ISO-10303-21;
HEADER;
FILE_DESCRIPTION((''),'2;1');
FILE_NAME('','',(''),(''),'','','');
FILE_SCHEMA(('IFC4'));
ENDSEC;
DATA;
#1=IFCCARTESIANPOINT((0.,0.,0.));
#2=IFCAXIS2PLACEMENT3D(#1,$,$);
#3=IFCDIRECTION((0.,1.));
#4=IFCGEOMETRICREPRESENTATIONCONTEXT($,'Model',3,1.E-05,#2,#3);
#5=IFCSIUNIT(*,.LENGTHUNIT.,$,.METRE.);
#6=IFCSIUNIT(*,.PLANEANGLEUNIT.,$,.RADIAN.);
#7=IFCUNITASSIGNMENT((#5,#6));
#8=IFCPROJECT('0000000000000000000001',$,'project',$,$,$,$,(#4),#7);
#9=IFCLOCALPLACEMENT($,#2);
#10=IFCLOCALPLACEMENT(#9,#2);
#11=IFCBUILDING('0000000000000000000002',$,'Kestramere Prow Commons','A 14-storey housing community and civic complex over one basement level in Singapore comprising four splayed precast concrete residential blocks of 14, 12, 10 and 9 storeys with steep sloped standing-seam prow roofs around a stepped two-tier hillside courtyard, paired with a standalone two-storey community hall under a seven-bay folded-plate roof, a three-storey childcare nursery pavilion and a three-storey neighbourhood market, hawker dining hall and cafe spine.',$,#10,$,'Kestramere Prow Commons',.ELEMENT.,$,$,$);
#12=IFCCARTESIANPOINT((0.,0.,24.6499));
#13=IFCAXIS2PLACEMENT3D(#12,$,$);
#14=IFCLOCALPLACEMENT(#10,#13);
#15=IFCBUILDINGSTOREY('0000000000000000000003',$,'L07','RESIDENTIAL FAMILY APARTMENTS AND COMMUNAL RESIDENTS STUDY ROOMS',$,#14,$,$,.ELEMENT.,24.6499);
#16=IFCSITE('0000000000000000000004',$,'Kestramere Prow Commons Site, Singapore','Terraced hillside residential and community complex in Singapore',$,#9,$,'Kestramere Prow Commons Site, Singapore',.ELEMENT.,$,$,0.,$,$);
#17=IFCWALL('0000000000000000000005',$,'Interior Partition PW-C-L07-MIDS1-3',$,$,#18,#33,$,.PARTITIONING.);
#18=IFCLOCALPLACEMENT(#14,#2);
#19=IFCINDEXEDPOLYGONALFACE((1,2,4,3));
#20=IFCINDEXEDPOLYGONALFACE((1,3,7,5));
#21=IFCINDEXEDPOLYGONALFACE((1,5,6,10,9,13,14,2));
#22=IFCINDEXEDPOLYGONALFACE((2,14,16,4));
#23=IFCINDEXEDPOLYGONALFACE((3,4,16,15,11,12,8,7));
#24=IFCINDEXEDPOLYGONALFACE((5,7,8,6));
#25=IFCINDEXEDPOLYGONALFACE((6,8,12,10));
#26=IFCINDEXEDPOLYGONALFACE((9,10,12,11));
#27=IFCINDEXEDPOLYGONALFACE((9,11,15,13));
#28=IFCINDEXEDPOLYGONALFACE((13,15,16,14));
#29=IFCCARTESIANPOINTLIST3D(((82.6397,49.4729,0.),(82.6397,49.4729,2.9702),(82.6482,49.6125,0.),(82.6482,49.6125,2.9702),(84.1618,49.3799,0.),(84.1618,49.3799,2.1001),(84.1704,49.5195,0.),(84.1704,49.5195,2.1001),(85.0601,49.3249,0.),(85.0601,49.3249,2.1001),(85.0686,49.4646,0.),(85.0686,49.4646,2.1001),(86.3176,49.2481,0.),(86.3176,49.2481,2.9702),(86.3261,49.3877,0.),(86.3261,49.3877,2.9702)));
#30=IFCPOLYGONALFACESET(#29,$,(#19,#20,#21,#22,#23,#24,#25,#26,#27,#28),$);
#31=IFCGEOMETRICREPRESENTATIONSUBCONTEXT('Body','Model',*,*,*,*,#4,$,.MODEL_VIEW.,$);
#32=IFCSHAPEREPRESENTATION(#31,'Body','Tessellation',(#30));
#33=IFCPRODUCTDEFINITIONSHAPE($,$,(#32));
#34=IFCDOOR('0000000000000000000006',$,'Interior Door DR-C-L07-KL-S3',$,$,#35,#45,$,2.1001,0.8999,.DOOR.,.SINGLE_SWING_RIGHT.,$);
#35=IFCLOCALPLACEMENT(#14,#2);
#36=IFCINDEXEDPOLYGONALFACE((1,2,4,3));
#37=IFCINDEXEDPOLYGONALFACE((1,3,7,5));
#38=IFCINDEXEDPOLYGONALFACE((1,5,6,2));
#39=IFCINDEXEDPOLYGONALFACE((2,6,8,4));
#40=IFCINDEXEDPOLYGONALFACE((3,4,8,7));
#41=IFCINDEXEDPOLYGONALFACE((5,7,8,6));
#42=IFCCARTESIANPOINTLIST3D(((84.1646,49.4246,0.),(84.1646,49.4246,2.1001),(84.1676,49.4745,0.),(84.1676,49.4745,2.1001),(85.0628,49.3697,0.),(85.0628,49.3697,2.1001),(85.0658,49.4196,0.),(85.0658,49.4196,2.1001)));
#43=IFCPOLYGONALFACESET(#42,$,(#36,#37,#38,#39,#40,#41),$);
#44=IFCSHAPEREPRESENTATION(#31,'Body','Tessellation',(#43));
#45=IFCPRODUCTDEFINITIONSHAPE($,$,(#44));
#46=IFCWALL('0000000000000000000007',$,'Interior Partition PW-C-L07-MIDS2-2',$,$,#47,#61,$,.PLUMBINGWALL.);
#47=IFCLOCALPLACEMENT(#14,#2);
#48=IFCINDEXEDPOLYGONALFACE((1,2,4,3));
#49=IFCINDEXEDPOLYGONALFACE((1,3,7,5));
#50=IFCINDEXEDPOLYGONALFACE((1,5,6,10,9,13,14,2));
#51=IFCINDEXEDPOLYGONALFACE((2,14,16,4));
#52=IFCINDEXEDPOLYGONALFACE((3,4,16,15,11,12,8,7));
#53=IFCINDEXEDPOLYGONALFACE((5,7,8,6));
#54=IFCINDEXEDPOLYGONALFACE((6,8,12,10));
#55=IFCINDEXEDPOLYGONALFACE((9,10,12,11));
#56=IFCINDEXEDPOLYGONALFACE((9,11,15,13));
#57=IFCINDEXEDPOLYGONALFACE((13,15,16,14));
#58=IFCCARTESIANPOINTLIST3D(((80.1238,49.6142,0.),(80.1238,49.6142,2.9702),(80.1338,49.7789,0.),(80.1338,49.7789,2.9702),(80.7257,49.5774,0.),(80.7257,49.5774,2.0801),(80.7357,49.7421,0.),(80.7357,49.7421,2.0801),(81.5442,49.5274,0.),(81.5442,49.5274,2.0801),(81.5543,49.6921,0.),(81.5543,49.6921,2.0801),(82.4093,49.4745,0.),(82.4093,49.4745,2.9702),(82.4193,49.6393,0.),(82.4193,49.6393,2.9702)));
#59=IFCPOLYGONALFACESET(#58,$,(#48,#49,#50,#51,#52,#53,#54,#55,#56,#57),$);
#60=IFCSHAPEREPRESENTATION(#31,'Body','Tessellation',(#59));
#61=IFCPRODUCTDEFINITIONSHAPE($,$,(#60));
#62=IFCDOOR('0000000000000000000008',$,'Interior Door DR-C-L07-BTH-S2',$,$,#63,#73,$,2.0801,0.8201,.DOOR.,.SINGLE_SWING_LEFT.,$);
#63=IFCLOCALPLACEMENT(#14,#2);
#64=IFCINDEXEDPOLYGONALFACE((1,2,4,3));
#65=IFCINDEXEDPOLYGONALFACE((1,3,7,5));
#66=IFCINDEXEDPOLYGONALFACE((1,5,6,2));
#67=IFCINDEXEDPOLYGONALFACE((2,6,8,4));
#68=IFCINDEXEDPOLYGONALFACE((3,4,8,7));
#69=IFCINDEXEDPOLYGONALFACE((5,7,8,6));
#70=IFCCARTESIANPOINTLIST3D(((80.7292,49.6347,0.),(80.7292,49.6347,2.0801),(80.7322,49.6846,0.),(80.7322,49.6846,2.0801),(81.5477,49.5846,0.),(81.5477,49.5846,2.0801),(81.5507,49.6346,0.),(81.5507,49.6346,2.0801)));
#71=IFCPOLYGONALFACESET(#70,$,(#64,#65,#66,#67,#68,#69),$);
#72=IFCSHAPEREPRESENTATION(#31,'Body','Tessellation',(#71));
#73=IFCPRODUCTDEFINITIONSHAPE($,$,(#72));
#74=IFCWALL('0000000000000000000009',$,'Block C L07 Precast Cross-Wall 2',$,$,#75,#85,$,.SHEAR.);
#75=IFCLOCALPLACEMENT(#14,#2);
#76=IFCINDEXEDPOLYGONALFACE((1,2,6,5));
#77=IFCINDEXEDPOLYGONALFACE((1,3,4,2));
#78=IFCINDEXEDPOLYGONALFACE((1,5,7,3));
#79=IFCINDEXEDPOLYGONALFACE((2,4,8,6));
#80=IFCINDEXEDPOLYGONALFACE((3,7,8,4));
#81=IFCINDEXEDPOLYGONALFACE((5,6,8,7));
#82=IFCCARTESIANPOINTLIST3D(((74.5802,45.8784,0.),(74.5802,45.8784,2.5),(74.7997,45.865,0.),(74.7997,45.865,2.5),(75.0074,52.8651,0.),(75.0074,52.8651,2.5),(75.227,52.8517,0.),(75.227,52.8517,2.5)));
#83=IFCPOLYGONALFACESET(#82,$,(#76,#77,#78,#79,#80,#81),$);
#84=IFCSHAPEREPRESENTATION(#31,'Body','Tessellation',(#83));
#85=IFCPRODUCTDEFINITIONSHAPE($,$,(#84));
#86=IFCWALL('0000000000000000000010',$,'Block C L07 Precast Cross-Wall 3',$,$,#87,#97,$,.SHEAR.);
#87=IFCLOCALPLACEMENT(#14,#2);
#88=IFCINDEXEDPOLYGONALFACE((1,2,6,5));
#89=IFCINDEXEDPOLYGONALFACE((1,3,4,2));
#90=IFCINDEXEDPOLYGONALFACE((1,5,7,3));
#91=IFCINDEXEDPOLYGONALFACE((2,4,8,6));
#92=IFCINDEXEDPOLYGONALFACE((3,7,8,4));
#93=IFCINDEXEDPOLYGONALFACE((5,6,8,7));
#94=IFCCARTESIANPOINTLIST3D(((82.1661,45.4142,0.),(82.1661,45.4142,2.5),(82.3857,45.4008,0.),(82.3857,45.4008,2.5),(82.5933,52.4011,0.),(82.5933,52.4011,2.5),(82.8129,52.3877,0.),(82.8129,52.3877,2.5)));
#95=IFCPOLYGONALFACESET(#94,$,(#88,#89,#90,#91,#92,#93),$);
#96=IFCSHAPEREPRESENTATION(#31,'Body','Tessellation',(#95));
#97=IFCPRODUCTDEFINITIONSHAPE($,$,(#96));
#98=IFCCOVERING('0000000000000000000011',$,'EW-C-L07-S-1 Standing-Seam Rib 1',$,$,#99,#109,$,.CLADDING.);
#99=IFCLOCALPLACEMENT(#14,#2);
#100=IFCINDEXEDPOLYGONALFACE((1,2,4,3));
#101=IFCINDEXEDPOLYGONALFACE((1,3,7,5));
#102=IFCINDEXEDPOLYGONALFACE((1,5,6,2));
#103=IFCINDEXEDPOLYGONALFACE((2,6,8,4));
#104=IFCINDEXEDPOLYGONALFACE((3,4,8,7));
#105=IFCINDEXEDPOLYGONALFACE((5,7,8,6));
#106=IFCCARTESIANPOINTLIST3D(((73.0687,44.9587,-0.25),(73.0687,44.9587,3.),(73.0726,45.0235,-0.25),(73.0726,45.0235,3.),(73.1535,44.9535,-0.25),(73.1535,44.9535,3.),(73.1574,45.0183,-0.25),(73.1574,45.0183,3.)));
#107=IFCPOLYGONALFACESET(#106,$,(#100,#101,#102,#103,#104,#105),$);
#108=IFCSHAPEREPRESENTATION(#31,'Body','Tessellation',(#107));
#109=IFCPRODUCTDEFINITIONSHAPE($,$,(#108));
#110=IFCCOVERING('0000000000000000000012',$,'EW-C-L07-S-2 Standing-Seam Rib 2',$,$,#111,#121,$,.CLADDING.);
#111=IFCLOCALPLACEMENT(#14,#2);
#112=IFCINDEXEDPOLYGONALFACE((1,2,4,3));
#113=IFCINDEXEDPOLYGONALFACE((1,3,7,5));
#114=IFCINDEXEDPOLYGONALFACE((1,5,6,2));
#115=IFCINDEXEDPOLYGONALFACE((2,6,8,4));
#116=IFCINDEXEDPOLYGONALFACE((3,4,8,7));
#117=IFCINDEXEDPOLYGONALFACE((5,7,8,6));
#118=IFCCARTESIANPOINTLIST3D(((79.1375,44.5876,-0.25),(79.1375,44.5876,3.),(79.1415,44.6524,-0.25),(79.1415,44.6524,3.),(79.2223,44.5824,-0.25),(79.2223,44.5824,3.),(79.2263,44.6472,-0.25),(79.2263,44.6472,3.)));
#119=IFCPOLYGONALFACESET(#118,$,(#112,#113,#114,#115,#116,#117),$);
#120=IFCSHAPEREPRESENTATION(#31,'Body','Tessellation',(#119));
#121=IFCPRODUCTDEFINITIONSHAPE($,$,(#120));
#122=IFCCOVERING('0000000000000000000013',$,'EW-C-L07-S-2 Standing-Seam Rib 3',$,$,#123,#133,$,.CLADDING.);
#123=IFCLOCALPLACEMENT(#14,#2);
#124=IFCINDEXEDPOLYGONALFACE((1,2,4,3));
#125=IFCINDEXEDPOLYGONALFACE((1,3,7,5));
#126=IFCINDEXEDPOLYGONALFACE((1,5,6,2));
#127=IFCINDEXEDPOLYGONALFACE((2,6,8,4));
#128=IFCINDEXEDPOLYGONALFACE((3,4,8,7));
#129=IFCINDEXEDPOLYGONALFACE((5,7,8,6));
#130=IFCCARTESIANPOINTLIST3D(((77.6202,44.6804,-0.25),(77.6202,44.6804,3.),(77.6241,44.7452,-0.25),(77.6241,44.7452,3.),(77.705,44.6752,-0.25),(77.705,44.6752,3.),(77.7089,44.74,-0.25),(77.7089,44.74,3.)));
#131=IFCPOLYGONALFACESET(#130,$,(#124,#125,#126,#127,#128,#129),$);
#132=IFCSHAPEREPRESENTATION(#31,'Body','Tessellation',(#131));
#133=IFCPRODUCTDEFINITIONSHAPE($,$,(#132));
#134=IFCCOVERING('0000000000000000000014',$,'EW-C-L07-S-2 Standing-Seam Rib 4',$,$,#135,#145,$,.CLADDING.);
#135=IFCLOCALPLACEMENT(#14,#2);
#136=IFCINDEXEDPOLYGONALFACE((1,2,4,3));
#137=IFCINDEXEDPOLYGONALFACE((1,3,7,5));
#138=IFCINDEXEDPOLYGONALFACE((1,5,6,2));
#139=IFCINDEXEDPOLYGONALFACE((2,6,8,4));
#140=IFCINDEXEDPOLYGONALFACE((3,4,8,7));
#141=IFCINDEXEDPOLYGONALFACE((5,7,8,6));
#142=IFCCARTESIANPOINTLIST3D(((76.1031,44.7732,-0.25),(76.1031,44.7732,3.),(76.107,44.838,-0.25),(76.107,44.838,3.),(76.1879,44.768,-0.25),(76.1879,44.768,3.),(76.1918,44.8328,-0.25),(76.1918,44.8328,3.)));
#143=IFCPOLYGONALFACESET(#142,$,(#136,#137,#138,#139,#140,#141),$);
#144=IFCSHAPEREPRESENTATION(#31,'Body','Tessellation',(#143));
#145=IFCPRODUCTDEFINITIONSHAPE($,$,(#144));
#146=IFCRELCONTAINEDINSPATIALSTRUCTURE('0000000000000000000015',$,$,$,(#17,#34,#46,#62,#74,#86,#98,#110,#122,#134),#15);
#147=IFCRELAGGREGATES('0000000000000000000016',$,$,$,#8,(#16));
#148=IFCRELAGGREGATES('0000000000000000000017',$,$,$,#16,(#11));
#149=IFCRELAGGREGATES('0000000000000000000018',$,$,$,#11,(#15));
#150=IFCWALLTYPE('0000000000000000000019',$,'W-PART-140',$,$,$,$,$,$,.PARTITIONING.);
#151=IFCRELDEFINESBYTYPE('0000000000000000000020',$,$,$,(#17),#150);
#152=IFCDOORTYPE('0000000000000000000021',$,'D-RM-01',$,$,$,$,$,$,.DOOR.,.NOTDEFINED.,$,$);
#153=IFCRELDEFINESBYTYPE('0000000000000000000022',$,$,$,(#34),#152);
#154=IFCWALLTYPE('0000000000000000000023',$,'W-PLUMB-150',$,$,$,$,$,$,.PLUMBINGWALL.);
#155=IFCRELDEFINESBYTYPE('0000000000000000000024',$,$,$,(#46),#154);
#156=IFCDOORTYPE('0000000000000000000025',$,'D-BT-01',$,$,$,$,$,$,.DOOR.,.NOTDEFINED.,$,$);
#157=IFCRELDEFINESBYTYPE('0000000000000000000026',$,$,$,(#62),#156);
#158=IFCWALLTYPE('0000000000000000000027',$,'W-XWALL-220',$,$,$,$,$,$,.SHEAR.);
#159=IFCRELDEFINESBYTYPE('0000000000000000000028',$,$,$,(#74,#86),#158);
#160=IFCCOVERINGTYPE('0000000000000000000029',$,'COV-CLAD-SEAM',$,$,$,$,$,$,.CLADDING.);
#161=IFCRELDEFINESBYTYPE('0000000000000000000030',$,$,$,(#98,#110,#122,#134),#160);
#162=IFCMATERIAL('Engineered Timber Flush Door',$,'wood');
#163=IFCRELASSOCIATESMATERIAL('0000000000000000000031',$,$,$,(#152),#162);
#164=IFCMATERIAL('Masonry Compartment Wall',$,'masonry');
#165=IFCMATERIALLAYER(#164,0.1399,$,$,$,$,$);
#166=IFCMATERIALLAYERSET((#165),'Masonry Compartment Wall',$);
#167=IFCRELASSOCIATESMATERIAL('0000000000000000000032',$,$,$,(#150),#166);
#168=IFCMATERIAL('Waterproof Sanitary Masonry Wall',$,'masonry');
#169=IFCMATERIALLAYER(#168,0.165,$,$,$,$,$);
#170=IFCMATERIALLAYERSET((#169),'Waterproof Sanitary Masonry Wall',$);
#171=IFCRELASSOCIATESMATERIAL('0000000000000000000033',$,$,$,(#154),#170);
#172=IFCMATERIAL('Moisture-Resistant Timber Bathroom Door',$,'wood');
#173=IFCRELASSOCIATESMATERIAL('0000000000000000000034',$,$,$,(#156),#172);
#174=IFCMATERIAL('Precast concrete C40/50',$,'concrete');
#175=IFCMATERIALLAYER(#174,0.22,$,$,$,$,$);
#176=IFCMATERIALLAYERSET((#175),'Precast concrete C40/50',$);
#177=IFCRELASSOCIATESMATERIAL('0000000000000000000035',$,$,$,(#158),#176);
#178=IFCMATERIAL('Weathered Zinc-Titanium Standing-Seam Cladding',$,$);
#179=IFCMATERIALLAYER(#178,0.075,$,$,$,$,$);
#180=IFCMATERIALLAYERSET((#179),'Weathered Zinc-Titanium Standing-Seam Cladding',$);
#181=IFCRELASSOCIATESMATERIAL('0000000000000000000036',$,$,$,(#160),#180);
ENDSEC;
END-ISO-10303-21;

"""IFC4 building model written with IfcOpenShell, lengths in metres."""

from ifc_helpers import new_model, si_unit, direction, frame, frame_2d, origin, origin_2d, place, context, subcontext, project, spatial, rectangle, extrude, material, layer, layer_set, type_object, element, fill, save


model = new_model("IFC4")

# Units and contexts
model_context = context("Model", 3, precision=1e-05, world=origin(), true_north=direction((0.0, 1.0)))
body_context = subcontext(model_context, "Body", "Model", "MODEL_VIEW")
ifc_project = project(units=[si_unit("LENGTHUNIT", "METRE"), si_unit("PLANEANGLEUNIT", "RADIAN")], contexts=[model_context])

# Site, building, storey
site_placement = place(None, origin())
site = spatial("IfcSite", under=ifc_project, at=site_placement, Name="Kestramere Prow Commons Site, Singapore", Description="Terraced hillside residential and community complex in Singapore", LongName="Kestramere Prow Commons Site, Singapore", CompositionType="ELEMENT", RefElevation=0.0)
building_placement = place(site_placement, origin())
building = spatial("IfcBuilding", under=site, at=building_placement, Name="Kestramere Prow Commons", Description="A 14-storey housing community and civic complex over one basement level in Singapore comprising four splayed precast concrete residential blocks of 14, 12, 10 and 9 storeys with steep sloped standing-seam prow roofs around a stepped two-tier hillside courtyard, paired with a standalone two-storey community hall under a seven-bay folded-plate roof, a three-storey childcare nursery pavilion and a three-storey neighbourhood market, hawker dining hall and cafe spine.", LongName="Kestramere Prow Commons", CompositionType="ELEMENT")
storey_placement = place(building_placement, frame((0.0, 0.0, 24.6499)))
storey = spatial("IfcBuildingStorey", under=building, at=storey_placement, Name="L07", Description="RESIDENTIAL FAMILY APARTMENTS AND COMMUNAL RESIDENTS STUDY ROOMS", CompositionType="ELEMENT", Elevation=24.6499)

# Shared definitions
ifc_material_1 = material(Name="Precast concrete C40/50", Category="concrete")

# Walls, openings, doors
ifc_material_2 = material(Name="Engineered Timber Flush Door", Category="wood")
door_type_1 = type_object("IfcDoorType", Name="D-RM-01", OperationType="NOTDEFINED", PredefinedType="DOOR", material=ifc_material_2)
ifc_material_3 = material(Name="Masonry Compartment Wall", Category="masonry")
ifc_layer_1 = layer(ifc_material_3, 0.1399)
ifc_layer_set_1 = layer_set([ifc_layer_1], Name="Masonry Compartment Wall")
wall_type_1 = type_object("IfcWallType", Name="W-PART-140", PredefinedType="PARTITIONING", material=ifc_layer_set_1)
wall_1_placement = place(storey_placement, frame((82.644, 49.5427, 0.0), z_axis=(0.0, 0.0, 1.0), x_axis=(0.998136, -0.061021, 0.0)))
wall_1 = element("IfcWall", 1, at=wall_1_placement, inside=storey, type_object=wall_type_1, Name="Interior Partition PW-C-L07-MIDS1-3", PredefinedType="PARTITIONING", context=body_context, shape_type="SweptSolid", body=[
    extrude(rectangle(XDim=3.6848, YDim=0.1399, at=frame_2d((1.8423, 0.0))), origin(), (0.0, 0.0, 1.0), 2.9702),
])
opening_1_placement = place(wall_1_placement, frame((1.5249, 0.0, 0.0)))
opening_1 = element("IfcOpeningElement", 2, at=opening_1_placement, cuts=wall_1, PredefinedType="OPENING", context=body_context, shape_type="SweptSolid", body=[
    extrude(rectangle(XDim=0.8999, YDim=2.1001, at=frame_2d((0.45, 1.05))), frame((0.0, 0.085, 0.0), z_axis=(0.0, -1.0, 0.0), x_axis=(1.0, 0.0, 0.0)), (0.0, 0.0, 1.0), 0.1699),
])
door_1_placement = place(opening_1_placement, origin())
door_1 = element("IfcDoor", 3, at=door_1_placement, inside=storey, type_object=door_type_1, Name="Interior Door DR-C-L07-KL-S3", OperationType="SINGLE_SWING_RIGHT", OverallHeight=2.1001, OverallWidth=0.8999, PredefinedType="DOOR", context=body_context, shape_type="SweptSolid", body=[
    extrude(rectangle(XDim=0.8999, YDim=2.1001, at=frame_2d((0.45, 1.05))), frame((0.0, 0.0249, 0.0), z_axis=(0.0, -1.0, 0.0), x_axis=(1.0, 0.0, 0.0)), (0.0, 0.0, 1.0), 0.05),
])
fill(opening_1, door_1)
ifc_material_4 = material(Name="Waterproof Sanitary Masonry Wall", Category="masonry")
ifc_layer_2 = layer(ifc_material_4, 0.165)
ifc_layer_set_2 = layer_set([ifc_layer_2], Name="Waterproof Sanitary Masonry Wall")
wall_type_2 = type_object("IfcWallType", Name="W-PLUMB-150", PredefinedType="PLUMBINGWALL", material=ifc_layer_set_2)
wall_2_placement = place(storey_placement, frame((80.1287, 49.6965, 0.0), z_axis=(0.0, 0.0, 1.0), x_axis=(0.998139, -0.060984, 0.0)))
wall_2 = element("IfcWall", 4, at=wall_2_placement, inside=storey, type_object=wall_type_2, Name="Interior Partition PW-C-L07-MIDS2-2", PredefinedType="PLUMBINGWALL", context=body_context, shape_type="SweptSolid", body=[
    extrude(rectangle(XDim=2.2898, YDim=0.165, at=frame_2d((1.145, 0.0))), origin(), (0.0, 0.0, 1.0), 2.9702),
])
opening_2_placement = place(wall_2_placement, frame((0.603, 0.0, 0.0)))
opening_2 = element("IfcOpeningElement", 5, at=opening_2_placement, cuts=wall_2, PredefinedType="OPENING", context=body_context, shape_type="SweptSolid", body=[
    extrude(rectangle(XDim=0.8201, YDim=2.0801, at=frame_2d((0.4102, 1.04))), frame((0.0, 0.0974, 0.0), z_axis=(0.0, -1.0, 0.0), x_axis=(1.0, 0.0, 0.0)), (0.0, 0.0, 1.0), 0.1951),
])
ifc_material_5 = material(Name="Moisture-Resistant Timber Bathroom Door", Category="wood")
door_type_2 = type_object("IfcDoorType", Name="D-BT-01", OperationType="NOTDEFINED", PredefinedType="DOOR", material=ifc_material_5)
door_2_placement = place(opening_2_placement, origin())
door_2 = element("IfcDoor", 6, at=door_2_placement, inside=storey, type_object=door_type_2, Name="Interior Door DR-C-L07-BTH-S2", OperationType="SINGLE_SWING_LEFT", OverallHeight=2.0801, OverallWidth=0.8201, PredefinedType="DOOR", context=body_context, shape_type="SweptSolid", body=[
    extrude(rectangle(XDim=0.8201, YDim=2.0801, at=frame_2d((0.4102, 1.04))), frame((0.0, 0.0249, 0.0), z_axis=(0.0, -1.0, 0.0), x_axis=(1.0, 0.0, 0.0)), (0.0, 0.0, 1.0), 0.05),
])
fill(opening_2, door_2)

# Walls
ifc_layer_3 = layer(ifc_material_1, 0.22)
ifc_layer_set_3 = layer_set([ifc_layer_3], Name="Precast concrete C40/50")
wall_type_3 = type_object("IfcWallType", Name="W-XWALL-220", PredefinedType="SHEAR", material=ifc_layer_set_3)
wall_3_placement = place(storey_placement, frame((74.6899, 45.8716, 0.0), z_axis=(0.0, 0.0, 1.0), x_axis=(0.061036, 0.998136, 0.0)))
element("IfcWall", 7, at=wall_3_placement, inside=storey, type_object=wall_type_3, Name="Block C L07 Precast Cross-Wall 2", PredefinedType="SHEAR", context=body_context, shape_type="SweptSolid", body=[
    extrude(rectangle(XDim=6.9998, YDim=0.22, at=frame_2d((3.5, 0.0))), origin(), (0.0, 0.0, 1.0), 2.5),
])
wall_4_placement = place(storey_placement, frame((82.2759, 45.4075, 0.0), z_axis=(0.0, 0.0, 1.0), x_axis=(0.061034, 0.998136, 0.0)))
element("IfcWall", 8, at=wall_4_placement, inside=storey, type_object=wall_type_3, Name="Block C L07 Precast Cross-Wall 3", PredefinedType="SHEAR", context=body_context, shape_type="SweptSolid", body=[
    extrude(rectangle(XDim=7.0, YDim=0.22, at=frame_2d((3.5, 0.0))), origin(), (0.0, 0.0, 1.0), 2.5),
])

# Coverings
ifc_material_6 = material(Name="Weathered Zinc-Titanium Standing-Seam Cladding")
ifc_layer_4 = layer(ifc_material_6, 0.075)
ifc_layer_set_4 = layer_set([ifc_layer_4], Name="Weathered Zinc-Titanium Standing-Seam Cladding")
covering_type = type_object("IfcCoveringType", Name="COV-CLAD-SEAM", PredefinedType="CLADDING", material=ifc_layer_set_4)
for number, where, z_axis, x_axis, name in (
    (9, (73.113, 44.9885, -0.25), (0.0, 0.0, 1.0), (-0.998135, 0.061049, 0.0), "EW-C-L07-S-1 Standing-Seam Rib 1"),
    (10, (79.1819, 44.6174, -0.25), (0.0, 0.0, 1.0), (-0.998135, 0.061049, 0.0), "EW-C-L07-S-2 Standing-Seam Rib 2"),
    (11, (77.6646, 44.7102, -0.25), (0.0, 0.0, 1.0), (-0.998135, 0.061049, 0.0), "EW-C-L07-S-2 Standing-Seam Rib 3"),
    (12, (76.1475, 44.803, -0.25), (0.0, 0.0, 1.0), (-0.998135, 0.061049, 0.0), "EW-C-L07-S-2 Standing-Seam Rib 4"),
):
    element("IfcCovering", number, at=place(storey_placement, frame(where, z_axis=z_axis, x_axis=x_axis)), inside=storey, type_object=covering_type, Name=name, PredefinedType="CLADDING", context=body_context, shape_type="SweptSolid", body=[
        extrude(rectangle(XDim=0.085, YDim=0.0649, at=origin_2d()), origin(), (0.0, 0.0, 1.0), 3.25),
    ])

save(model, "model.ifc")
